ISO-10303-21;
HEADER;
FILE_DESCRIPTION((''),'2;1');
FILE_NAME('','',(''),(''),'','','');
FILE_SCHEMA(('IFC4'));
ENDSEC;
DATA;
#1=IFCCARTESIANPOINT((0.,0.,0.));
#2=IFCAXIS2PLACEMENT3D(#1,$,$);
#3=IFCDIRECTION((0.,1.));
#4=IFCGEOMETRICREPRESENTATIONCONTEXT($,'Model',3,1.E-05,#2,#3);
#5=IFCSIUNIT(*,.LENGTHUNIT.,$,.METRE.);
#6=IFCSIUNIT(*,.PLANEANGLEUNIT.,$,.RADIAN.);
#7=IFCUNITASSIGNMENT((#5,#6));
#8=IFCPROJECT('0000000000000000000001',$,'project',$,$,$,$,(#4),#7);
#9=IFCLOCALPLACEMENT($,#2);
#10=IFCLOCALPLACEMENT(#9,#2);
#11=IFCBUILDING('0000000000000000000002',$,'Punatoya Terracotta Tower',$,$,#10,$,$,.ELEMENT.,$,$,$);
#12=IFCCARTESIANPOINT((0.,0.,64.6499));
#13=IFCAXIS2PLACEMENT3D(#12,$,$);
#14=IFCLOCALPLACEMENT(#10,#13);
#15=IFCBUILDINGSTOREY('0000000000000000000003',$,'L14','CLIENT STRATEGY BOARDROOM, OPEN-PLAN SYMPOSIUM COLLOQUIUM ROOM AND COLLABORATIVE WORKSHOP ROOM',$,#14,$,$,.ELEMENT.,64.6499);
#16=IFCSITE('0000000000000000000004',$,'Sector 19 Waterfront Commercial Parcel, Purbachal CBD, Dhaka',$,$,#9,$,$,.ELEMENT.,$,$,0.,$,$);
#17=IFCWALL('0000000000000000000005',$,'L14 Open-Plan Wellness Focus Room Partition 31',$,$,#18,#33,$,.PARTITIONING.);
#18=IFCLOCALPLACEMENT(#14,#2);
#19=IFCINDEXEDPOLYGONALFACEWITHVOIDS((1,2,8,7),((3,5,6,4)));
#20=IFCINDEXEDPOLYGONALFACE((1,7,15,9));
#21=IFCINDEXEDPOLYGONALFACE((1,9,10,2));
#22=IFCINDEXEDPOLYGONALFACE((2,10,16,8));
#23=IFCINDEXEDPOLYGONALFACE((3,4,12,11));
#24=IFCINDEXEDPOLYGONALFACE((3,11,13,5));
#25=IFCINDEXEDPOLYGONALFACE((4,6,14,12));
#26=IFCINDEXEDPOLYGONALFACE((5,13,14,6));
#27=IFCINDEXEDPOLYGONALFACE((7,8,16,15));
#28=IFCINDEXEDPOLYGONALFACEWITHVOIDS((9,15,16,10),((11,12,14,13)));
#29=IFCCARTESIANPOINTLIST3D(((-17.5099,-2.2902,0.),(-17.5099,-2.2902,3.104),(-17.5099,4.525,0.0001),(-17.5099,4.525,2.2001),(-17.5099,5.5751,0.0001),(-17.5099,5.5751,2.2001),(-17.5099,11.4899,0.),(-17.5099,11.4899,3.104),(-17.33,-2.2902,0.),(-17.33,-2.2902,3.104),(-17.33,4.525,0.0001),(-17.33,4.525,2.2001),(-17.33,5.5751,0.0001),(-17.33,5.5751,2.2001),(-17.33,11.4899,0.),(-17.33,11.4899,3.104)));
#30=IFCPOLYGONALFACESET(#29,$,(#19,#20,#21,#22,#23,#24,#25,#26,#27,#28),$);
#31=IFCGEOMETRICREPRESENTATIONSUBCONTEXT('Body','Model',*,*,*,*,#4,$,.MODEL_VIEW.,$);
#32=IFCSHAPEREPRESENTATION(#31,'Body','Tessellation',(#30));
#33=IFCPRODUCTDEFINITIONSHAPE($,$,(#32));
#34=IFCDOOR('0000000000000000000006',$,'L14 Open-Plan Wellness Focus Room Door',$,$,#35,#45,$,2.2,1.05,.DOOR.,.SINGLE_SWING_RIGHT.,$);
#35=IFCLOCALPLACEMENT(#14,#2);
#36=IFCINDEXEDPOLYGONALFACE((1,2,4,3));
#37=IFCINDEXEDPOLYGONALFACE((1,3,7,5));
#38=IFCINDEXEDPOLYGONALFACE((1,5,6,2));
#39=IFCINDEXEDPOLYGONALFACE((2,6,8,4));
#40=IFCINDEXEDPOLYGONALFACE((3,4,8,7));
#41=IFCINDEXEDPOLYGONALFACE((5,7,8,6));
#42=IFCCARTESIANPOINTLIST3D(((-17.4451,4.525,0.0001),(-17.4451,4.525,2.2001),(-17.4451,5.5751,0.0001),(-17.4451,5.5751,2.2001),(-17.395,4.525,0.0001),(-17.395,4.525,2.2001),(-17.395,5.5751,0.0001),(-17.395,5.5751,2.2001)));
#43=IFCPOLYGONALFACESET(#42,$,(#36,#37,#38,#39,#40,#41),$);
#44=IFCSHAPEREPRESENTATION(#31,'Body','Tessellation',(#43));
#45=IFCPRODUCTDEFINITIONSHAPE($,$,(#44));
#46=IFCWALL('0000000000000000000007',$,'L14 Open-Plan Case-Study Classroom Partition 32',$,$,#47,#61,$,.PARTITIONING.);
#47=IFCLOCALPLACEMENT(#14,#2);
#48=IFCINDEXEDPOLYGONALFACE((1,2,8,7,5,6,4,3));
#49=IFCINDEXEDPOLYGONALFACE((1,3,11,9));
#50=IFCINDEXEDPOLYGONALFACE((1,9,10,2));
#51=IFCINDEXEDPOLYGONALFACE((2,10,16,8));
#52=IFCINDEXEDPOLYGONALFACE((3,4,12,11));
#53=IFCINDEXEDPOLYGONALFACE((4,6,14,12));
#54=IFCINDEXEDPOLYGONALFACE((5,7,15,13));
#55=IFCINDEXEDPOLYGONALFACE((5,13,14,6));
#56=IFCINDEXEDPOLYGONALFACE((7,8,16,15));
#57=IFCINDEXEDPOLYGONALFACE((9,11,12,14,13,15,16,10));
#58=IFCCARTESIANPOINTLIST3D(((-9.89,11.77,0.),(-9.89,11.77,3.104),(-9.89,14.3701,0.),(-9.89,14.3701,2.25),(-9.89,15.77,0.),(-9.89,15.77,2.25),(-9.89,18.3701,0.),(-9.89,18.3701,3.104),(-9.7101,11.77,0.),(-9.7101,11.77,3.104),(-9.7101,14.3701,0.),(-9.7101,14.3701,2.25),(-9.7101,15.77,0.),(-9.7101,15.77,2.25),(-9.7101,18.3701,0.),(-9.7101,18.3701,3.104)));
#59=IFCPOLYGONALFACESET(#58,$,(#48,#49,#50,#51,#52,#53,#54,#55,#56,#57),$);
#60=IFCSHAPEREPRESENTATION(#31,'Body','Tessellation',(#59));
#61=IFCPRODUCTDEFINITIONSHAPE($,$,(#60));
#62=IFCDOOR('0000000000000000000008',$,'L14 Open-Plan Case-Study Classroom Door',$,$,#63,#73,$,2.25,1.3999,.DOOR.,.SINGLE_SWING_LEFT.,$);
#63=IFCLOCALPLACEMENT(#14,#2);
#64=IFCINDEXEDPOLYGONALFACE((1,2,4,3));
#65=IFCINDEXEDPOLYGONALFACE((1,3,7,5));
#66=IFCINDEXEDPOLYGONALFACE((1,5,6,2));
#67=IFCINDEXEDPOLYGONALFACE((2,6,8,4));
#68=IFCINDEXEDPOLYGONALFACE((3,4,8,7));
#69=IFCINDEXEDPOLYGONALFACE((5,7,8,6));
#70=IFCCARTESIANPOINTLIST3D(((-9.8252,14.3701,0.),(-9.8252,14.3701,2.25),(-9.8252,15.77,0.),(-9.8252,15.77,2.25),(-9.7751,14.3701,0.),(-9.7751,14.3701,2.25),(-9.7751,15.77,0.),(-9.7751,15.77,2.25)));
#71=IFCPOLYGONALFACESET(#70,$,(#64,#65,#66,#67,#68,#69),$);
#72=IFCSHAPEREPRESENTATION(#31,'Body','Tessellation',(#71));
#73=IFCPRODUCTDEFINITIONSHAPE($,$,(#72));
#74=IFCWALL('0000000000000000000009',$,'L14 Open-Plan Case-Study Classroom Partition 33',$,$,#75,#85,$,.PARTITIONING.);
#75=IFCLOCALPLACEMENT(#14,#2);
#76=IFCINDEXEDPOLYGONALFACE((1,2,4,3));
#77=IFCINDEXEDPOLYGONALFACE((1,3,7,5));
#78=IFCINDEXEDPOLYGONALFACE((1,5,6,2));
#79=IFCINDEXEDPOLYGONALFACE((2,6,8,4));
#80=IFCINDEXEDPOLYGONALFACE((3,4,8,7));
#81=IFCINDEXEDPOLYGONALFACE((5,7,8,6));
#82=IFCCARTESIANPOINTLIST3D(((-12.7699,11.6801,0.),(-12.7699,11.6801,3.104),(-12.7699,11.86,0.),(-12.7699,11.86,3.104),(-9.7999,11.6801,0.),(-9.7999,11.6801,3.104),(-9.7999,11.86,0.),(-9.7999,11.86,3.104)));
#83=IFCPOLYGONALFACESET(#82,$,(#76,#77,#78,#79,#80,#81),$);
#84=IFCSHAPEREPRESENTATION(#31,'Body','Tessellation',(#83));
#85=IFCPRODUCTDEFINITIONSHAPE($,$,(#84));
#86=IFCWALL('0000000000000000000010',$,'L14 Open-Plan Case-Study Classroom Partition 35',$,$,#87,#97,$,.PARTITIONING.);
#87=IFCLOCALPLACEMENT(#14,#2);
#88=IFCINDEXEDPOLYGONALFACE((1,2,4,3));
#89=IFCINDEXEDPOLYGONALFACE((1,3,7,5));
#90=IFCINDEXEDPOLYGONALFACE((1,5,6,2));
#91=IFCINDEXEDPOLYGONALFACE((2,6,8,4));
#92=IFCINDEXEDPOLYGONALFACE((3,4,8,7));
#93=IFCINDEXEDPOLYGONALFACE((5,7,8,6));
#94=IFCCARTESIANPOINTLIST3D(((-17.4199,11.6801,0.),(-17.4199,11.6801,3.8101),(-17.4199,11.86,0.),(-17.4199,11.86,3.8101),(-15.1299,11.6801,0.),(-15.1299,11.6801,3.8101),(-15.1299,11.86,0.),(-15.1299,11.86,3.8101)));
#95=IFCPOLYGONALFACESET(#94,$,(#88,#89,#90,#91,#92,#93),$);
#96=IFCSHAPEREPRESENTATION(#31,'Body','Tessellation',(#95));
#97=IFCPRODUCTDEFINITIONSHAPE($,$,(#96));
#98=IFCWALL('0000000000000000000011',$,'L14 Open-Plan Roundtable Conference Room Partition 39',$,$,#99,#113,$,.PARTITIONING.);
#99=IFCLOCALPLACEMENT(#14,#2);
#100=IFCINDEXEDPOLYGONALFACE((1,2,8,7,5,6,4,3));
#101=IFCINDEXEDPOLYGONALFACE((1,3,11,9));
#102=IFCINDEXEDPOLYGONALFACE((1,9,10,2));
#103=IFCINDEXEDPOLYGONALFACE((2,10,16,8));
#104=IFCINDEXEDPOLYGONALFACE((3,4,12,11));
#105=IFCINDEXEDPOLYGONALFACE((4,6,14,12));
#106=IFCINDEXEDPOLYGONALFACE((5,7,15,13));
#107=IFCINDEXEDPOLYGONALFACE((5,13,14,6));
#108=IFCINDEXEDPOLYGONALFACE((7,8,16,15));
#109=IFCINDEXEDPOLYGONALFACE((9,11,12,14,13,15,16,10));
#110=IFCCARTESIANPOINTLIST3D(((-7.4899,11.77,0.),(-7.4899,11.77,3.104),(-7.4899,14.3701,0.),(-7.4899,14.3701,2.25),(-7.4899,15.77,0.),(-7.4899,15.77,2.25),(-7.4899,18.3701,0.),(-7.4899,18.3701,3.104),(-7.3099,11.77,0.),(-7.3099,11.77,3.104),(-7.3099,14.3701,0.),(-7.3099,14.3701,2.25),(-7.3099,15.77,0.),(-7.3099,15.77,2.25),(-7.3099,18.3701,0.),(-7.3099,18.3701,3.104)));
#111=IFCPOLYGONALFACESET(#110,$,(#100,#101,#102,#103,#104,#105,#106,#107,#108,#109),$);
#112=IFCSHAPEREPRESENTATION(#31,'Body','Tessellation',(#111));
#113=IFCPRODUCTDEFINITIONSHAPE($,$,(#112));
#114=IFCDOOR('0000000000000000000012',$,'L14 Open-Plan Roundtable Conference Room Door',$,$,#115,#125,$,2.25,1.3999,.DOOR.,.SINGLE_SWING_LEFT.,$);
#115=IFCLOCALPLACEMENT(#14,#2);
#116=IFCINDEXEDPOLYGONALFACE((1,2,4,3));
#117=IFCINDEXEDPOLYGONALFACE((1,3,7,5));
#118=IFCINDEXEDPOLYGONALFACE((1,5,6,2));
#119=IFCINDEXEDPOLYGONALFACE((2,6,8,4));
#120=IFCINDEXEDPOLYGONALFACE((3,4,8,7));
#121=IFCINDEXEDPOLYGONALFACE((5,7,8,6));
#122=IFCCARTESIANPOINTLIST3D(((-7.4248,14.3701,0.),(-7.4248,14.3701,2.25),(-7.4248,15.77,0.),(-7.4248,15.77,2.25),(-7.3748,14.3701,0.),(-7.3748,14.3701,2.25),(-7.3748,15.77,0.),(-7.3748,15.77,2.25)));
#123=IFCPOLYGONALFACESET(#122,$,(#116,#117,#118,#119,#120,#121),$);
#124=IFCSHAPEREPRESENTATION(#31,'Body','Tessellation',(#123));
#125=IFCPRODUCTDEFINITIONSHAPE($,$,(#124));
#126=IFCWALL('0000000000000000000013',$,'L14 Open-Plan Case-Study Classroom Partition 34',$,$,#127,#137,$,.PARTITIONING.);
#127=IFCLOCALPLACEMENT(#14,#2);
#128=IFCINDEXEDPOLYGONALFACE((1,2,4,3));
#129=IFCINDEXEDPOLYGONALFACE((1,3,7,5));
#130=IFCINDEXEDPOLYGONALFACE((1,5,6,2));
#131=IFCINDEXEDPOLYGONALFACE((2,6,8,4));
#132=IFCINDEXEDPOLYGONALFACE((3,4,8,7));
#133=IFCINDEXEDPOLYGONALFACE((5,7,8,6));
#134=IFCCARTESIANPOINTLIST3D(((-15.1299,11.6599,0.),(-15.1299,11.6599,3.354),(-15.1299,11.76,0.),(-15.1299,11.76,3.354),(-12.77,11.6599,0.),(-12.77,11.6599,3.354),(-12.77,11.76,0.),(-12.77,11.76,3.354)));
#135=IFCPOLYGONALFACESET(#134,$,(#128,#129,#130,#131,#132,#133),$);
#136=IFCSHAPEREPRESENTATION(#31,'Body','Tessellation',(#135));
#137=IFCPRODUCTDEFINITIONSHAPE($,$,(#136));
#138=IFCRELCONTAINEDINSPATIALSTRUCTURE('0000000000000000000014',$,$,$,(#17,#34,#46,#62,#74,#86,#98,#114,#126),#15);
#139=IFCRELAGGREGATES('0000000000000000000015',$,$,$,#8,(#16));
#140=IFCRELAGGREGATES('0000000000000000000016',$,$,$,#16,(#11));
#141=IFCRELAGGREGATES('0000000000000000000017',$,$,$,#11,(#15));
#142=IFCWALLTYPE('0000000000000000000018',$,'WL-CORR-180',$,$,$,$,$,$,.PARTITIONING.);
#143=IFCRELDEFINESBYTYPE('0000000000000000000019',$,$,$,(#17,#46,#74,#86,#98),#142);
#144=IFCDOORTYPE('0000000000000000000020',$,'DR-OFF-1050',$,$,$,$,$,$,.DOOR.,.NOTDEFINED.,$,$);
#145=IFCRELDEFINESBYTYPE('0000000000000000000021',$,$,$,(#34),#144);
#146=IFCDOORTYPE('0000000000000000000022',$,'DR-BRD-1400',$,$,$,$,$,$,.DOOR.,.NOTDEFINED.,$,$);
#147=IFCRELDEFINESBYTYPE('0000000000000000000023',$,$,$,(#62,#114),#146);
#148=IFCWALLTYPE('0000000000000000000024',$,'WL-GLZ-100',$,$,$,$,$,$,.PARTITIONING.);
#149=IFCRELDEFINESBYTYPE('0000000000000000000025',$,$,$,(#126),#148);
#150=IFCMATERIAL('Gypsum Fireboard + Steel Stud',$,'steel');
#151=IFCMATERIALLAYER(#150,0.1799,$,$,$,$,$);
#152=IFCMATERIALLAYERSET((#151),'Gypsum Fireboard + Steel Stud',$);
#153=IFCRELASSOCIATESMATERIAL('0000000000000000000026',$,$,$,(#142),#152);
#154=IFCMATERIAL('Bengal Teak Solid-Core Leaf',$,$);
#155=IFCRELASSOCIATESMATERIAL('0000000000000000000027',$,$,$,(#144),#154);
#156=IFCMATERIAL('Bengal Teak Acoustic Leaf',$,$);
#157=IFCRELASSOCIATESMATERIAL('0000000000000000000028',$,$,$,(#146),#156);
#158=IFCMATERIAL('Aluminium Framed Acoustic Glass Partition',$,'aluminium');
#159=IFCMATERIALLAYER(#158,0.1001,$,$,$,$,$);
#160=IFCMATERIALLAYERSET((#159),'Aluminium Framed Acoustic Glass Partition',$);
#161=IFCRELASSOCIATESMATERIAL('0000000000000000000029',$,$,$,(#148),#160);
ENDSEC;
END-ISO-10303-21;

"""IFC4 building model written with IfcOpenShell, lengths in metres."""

from ifc_helpers import new_model, si_unit, direction, frame, frame_2d, origin, place, context, subcontext, project, spatial, rectangle, extrude, material, layer, layer_set, type_object, element, fill, save


model = new_model("IFC4")

# Units and contexts
model_context = context("Model", 3, precision=1e-05, world=origin(), true_north=direction((0.0, 1.0)))
body_context = subcontext(model_context, "Body", "Model", "MODEL_VIEW")
ifc_project = project(units=[si_unit("LENGTHUNIT", "METRE"), si_unit("PLANEANGLEUNIT", "RADIAN")], contexts=[model_context])

# Site, building, storey
site_placement = place(None, origin())
site = spatial("IfcSite", under=ifc_project, at=site_placement, Name="Sector 19 Waterfront Commercial Parcel, Purbachal CBD, Dhaka", CompositionType="ELEMENT", RefElevation=0.0)
building_placement = place(site_placement, origin())
building = spatial("IfcBuilding", under=site, at=building_placement, Name="Punatoya Terracotta Tower", CompositionType="ELEMENT")
storey_placement = place(building_placement, frame((0.0, 0.0, 64.6499)))
storey = spatial("IfcBuildingStorey", under=building, at=storey_placement, Name="L14", Description="CLIENT STRATEGY BOARDROOM, OPEN-PLAN SYMPOSIUM COLLOQUIUM ROOM AND COLLABORATIVE WORKSHOP ROOM", CompositionType="ELEMENT", Elevation=64.6499)

# Walls, openings, doors
ifc_material_1 = material(Name="Gypsum Fireboard + Steel Stud", Category="steel")
ifc_layer_1 = layer(ifc_material_1, 0.1799)
ifc_layer_set_1 = layer_set([ifc_layer_1], Name="Gypsum Fireboard + Steel Stud")
wall_type_1 = type_object("IfcWallType", Name="WL-CORR-180", PredefinedType="PARTITIONING", material=ifc_layer_set_1)
wall_1_placement = place(storey_placement, frame((-17.4199, 11.49, 0.0), z_axis=(0.0, 0.0, 1.0), x_axis=(0.0, -1.0, 0.0)))
wall_1 = element("IfcWall", 1, at=wall_1_placement, inside=storey, type_object=wall_type_1, Name="L14 Open-Plan Wellness Focus Room Partition 31", PredefinedType="PARTITIONING", context=body_context, shape_type="SweptSolid", body=[
    extrude(rectangle(XDim=13.78, YDim=0.1799, at=frame_2d((6.8901, 0.0))), origin(), (0.0, 0.0, 1.0), 3.104),
])
opening_1_placement = place(wall_1_placement, frame((5.915, 0.0, 0.0)))
opening_1 = element("IfcOpeningElement", 2, at=opening_1_placement, cuts=wall_1, PredefinedType="OPENING", context=body_context, shape_type="SweptSolid", body=[
    extrude(rectangle(XDim=1.05, YDim=2.2, at=frame_2d((0.5249, 1.1001))), frame((0.0, 0.0999, 0.0), z_axis=(0.0, -1.0, 0.0), x_axis=(1.0, 0.0, 0.0)), (0.0, 0.0, 1.0), 0.2),
])
ifc_material_2 = material(Name="Bengal Teak Solid-Core Leaf")
door_type_1 = type_object("IfcDoorType", Name="DR-OFF-1050", OperationType="NOTDEFINED", PredefinedType="DOOR", material=ifc_material_2)
door_1_placement = place(opening_1_placement, origin())
door_1 = element("IfcDoor", 3, at=door_1_placement, inside=storey, type_object=door_type_1, Name="L14 Open-Plan Wellness Focus Room Door", OperationType="SINGLE_SWING_RIGHT", OverallHeight=2.2, OverallWidth=1.05, PredefinedType="DOOR", context=body_context, shape_type="SweptSolid", body=[
    extrude(rectangle(XDim=1.05, YDim=2.2, at=frame_2d((0.5249, 1.1001))), frame((0.0, 0.0249, 0.0), z_axis=(0.0, -1.0, 0.0), x_axis=(1.0, 0.0, 0.0)), (0.0, 0.0, 1.0), 0.05),
])
fill(opening_1, door_1)
wall_2_placement = place(storey_placement, frame((-9.8, 18.3701, 0.0), z_axis=(0.0, 0.0, 1.0), x_axis=(0.0, -1.0, 0.0)))
wall_2 = element("IfcWall", 4, at=wall_2_placement, inside=storey, type_object=wall_type_1, Name="L14 Open-Plan Case-Study Classroom Partition 32", PredefinedType="PARTITIONING", context=body_context, shape_type="SweptSolid", body=[
    extrude(rectangle(XDim=6.6001, YDim=0.1799, at=frame_2d((3.3, 0.0))), origin(), (0.0, 0.0, 1.0), 3.104),
])
opening_2_placement = place(wall_2_placement, frame((2.6001, 0.0, 0.0)))
opening_2 = element("IfcOpeningElement", 5, at=opening_2_placement, cuts=wall_2, PredefinedType="OPENING", context=body_context, shape_type="SweptSolid", body=[
    extrude(rectangle(XDim=1.3999, YDim=2.25, at=frame_2d((0.7, 1.125))), frame((0.0, 0.0999, 0.0), z_axis=(0.0, -1.0, 0.0), x_axis=(1.0, 0.0, 0.0)), (0.0, 0.0, 1.0), 0.2),
])
ifc_material_3 = material(Name="Bengal Teak Acoustic Leaf")
door_type_2 = type_object("IfcDoorType", Name="DR-BRD-1400", OperationType="NOTDEFINED", PredefinedType="DOOR", material=ifc_material_3)
door_2_placement = place(opening_2_placement, origin())
door_2 = element("IfcDoor", 6, at=door_2_placement, inside=storey, type_object=door_type_2, Name="L14 Open-Plan Case-Study Classroom Door", OperationType="SINGLE_SWING_LEFT", OverallHeight=2.25, OverallWidth=1.3999, PredefinedType="DOOR", context=body_context, shape_type="SweptSolid", body=[
    extrude(rectangle(XDim=1.3999, YDim=2.25, at=frame_2d((0.7, 1.125))), frame((0.0, 0.0249, 0.0), z_axis=(0.0, -1.0, 0.0), x_axis=(1.0, 0.0, 0.0)), (0.0, 0.0, 1.0), 0.05),
])
fill(opening_2, door_2)

# Walls
wall_3_placement = place(storey_placement, frame((-9.8, 11.77, 0.0), z_axis=(0.0, 0.0, 1.0), x_axis=(-1.0, 0.0, 0.0)))
element("IfcWall", 7, at=wall_3_placement, inside=storey, type_object=wall_type_1, Name="L14 Open-Plan Case-Study Classroom Partition 33", PredefinedType="PARTITIONING", context=body_context, shape_type="SweptSolid", body=[
    extrude(rectangle(XDim=2.97, YDim=0.1799, at=frame_2d((1.4849, 0.0))), origin(), (0.0, 0.0, 1.0), 3.104),
])
wall_4_placement = place(storey_placement, frame((-15.1299, 11.77, 0.0), z_axis=(0.0, 0.0, 1.0), x_axis=(-1.0, 0.0, 0.0)))
element("IfcWall", 8, at=wall_4_placement, inside=storey, type_object=wall_type_1, Name="L14 Open-Plan Case-Study Classroom Partition 35", PredefinedType="PARTITIONING", context=body_context, shape_type="SweptSolid", body=[
    extrude(rectangle(XDim=2.29, YDim=0.1799, at=frame_2d((1.145, 0.0))), origin(), (0.0, 0.0, 1.0), 3.8101),
])

# Wall, opening, door
wall_5_placement = place(storey_placement, frame((-7.3999, 11.77, 0.0), z_axis=(0.0, 0.0, 1.0), x_axis=(0.0, 1.0, 0.0)))
wall_5 = element("IfcWall", 9, at=wall_5_placement, inside=storey, type_object=wall_type_1, Name="L14 Open-Plan Roundtable Conference Room Partition 39", PredefinedType="PARTITIONING", context=body_context, shape_type="SweptSolid", body=[
    extrude(rectangle(XDim=6.6001, YDim=0.1799, at=frame_2d((3.3, 0.0))), origin(), (0.0, 0.0, 1.0), 3.104),
])
opening_3_placement = place(wall_5_placement, frame((2.6001, 0.0, 0.0)))
opening_3 = element("IfcOpeningElement", 10, at=opening_3_placement, cuts=wall_5, PredefinedType="OPENING", context=body_context, shape_type="SweptSolid", body=[
    extrude(rectangle(XDim=1.3999, YDim=2.25, at=frame_2d((0.7, 1.125))), frame((0.0, 0.0999, 0.0), z_axis=(0.0, -1.0, 0.0), x_axis=(1.0, 0.0, 0.0)), (0.0, 0.0, 1.0), 0.2),
])
door_3_placement = place(opening_3_placement, origin())
door_3 = element("IfcDoor", 11, at=door_3_placement, inside=storey, type_object=door_type_2, Name="L14 Open-Plan Roundtable Conference Room Door", OperationType="SINGLE_SWING_LEFT", OverallHeight=2.25, OverallWidth=1.3999, PredefinedType="DOOR", context=body_context, shape_type="SweptSolid", body=[
    extrude(rectangle(XDim=1.3999, YDim=2.25, at=frame_2d((0.7, 1.125))), frame((0.0, 0.0249, 0.0), z_axis=(0.0, -1.0, 0.0), x_axis=(1.0, 0.0, 0.0)), (0.0, 0.0, 1.0), 0.05),
])
fill(opening_3, door_3)

# Wall
ifc_material_4 = material(Name="Aluminium Framed Acoustic Glass Partition", Category="aluminium")
ifc_layer_2 = layer(ifc_material_4, 0.1001)
ifc_layer_set_2 = layer_set([ifc_layer_2], Name="Aluminium Framed Acoustic Glass Partition")
wall_type_2 = type_object("IfcWallType", Name="WL-GLZ-100", PredefinedType="PARTITIONING", material=ifc_layer_set_2)
wall_6_placement = place(storey_placement, frame((-12.77, 11.71, 0.0), z_axis=(0.0, 0.0, 1.0), x_axis=(-1.0, 0.0, 0.0)))
element("IfcWall", 12, at=wall_6_placement, inside=storey, type_object=wall_type_2, Name="L14 Open-Plan Case-Study Classroom Partition 34", PredefinedType="PARTITIONING", context=body_context, shape_type="SweptSolid", body=[
    extrude(rectangle(XDim=2.3599, YDim=0.1001, at=frame_2d((1.1799, 0.0))), origin(), (0.0, 0.0, 1.0), 3.354),
])

save(model, "model.ifc")
